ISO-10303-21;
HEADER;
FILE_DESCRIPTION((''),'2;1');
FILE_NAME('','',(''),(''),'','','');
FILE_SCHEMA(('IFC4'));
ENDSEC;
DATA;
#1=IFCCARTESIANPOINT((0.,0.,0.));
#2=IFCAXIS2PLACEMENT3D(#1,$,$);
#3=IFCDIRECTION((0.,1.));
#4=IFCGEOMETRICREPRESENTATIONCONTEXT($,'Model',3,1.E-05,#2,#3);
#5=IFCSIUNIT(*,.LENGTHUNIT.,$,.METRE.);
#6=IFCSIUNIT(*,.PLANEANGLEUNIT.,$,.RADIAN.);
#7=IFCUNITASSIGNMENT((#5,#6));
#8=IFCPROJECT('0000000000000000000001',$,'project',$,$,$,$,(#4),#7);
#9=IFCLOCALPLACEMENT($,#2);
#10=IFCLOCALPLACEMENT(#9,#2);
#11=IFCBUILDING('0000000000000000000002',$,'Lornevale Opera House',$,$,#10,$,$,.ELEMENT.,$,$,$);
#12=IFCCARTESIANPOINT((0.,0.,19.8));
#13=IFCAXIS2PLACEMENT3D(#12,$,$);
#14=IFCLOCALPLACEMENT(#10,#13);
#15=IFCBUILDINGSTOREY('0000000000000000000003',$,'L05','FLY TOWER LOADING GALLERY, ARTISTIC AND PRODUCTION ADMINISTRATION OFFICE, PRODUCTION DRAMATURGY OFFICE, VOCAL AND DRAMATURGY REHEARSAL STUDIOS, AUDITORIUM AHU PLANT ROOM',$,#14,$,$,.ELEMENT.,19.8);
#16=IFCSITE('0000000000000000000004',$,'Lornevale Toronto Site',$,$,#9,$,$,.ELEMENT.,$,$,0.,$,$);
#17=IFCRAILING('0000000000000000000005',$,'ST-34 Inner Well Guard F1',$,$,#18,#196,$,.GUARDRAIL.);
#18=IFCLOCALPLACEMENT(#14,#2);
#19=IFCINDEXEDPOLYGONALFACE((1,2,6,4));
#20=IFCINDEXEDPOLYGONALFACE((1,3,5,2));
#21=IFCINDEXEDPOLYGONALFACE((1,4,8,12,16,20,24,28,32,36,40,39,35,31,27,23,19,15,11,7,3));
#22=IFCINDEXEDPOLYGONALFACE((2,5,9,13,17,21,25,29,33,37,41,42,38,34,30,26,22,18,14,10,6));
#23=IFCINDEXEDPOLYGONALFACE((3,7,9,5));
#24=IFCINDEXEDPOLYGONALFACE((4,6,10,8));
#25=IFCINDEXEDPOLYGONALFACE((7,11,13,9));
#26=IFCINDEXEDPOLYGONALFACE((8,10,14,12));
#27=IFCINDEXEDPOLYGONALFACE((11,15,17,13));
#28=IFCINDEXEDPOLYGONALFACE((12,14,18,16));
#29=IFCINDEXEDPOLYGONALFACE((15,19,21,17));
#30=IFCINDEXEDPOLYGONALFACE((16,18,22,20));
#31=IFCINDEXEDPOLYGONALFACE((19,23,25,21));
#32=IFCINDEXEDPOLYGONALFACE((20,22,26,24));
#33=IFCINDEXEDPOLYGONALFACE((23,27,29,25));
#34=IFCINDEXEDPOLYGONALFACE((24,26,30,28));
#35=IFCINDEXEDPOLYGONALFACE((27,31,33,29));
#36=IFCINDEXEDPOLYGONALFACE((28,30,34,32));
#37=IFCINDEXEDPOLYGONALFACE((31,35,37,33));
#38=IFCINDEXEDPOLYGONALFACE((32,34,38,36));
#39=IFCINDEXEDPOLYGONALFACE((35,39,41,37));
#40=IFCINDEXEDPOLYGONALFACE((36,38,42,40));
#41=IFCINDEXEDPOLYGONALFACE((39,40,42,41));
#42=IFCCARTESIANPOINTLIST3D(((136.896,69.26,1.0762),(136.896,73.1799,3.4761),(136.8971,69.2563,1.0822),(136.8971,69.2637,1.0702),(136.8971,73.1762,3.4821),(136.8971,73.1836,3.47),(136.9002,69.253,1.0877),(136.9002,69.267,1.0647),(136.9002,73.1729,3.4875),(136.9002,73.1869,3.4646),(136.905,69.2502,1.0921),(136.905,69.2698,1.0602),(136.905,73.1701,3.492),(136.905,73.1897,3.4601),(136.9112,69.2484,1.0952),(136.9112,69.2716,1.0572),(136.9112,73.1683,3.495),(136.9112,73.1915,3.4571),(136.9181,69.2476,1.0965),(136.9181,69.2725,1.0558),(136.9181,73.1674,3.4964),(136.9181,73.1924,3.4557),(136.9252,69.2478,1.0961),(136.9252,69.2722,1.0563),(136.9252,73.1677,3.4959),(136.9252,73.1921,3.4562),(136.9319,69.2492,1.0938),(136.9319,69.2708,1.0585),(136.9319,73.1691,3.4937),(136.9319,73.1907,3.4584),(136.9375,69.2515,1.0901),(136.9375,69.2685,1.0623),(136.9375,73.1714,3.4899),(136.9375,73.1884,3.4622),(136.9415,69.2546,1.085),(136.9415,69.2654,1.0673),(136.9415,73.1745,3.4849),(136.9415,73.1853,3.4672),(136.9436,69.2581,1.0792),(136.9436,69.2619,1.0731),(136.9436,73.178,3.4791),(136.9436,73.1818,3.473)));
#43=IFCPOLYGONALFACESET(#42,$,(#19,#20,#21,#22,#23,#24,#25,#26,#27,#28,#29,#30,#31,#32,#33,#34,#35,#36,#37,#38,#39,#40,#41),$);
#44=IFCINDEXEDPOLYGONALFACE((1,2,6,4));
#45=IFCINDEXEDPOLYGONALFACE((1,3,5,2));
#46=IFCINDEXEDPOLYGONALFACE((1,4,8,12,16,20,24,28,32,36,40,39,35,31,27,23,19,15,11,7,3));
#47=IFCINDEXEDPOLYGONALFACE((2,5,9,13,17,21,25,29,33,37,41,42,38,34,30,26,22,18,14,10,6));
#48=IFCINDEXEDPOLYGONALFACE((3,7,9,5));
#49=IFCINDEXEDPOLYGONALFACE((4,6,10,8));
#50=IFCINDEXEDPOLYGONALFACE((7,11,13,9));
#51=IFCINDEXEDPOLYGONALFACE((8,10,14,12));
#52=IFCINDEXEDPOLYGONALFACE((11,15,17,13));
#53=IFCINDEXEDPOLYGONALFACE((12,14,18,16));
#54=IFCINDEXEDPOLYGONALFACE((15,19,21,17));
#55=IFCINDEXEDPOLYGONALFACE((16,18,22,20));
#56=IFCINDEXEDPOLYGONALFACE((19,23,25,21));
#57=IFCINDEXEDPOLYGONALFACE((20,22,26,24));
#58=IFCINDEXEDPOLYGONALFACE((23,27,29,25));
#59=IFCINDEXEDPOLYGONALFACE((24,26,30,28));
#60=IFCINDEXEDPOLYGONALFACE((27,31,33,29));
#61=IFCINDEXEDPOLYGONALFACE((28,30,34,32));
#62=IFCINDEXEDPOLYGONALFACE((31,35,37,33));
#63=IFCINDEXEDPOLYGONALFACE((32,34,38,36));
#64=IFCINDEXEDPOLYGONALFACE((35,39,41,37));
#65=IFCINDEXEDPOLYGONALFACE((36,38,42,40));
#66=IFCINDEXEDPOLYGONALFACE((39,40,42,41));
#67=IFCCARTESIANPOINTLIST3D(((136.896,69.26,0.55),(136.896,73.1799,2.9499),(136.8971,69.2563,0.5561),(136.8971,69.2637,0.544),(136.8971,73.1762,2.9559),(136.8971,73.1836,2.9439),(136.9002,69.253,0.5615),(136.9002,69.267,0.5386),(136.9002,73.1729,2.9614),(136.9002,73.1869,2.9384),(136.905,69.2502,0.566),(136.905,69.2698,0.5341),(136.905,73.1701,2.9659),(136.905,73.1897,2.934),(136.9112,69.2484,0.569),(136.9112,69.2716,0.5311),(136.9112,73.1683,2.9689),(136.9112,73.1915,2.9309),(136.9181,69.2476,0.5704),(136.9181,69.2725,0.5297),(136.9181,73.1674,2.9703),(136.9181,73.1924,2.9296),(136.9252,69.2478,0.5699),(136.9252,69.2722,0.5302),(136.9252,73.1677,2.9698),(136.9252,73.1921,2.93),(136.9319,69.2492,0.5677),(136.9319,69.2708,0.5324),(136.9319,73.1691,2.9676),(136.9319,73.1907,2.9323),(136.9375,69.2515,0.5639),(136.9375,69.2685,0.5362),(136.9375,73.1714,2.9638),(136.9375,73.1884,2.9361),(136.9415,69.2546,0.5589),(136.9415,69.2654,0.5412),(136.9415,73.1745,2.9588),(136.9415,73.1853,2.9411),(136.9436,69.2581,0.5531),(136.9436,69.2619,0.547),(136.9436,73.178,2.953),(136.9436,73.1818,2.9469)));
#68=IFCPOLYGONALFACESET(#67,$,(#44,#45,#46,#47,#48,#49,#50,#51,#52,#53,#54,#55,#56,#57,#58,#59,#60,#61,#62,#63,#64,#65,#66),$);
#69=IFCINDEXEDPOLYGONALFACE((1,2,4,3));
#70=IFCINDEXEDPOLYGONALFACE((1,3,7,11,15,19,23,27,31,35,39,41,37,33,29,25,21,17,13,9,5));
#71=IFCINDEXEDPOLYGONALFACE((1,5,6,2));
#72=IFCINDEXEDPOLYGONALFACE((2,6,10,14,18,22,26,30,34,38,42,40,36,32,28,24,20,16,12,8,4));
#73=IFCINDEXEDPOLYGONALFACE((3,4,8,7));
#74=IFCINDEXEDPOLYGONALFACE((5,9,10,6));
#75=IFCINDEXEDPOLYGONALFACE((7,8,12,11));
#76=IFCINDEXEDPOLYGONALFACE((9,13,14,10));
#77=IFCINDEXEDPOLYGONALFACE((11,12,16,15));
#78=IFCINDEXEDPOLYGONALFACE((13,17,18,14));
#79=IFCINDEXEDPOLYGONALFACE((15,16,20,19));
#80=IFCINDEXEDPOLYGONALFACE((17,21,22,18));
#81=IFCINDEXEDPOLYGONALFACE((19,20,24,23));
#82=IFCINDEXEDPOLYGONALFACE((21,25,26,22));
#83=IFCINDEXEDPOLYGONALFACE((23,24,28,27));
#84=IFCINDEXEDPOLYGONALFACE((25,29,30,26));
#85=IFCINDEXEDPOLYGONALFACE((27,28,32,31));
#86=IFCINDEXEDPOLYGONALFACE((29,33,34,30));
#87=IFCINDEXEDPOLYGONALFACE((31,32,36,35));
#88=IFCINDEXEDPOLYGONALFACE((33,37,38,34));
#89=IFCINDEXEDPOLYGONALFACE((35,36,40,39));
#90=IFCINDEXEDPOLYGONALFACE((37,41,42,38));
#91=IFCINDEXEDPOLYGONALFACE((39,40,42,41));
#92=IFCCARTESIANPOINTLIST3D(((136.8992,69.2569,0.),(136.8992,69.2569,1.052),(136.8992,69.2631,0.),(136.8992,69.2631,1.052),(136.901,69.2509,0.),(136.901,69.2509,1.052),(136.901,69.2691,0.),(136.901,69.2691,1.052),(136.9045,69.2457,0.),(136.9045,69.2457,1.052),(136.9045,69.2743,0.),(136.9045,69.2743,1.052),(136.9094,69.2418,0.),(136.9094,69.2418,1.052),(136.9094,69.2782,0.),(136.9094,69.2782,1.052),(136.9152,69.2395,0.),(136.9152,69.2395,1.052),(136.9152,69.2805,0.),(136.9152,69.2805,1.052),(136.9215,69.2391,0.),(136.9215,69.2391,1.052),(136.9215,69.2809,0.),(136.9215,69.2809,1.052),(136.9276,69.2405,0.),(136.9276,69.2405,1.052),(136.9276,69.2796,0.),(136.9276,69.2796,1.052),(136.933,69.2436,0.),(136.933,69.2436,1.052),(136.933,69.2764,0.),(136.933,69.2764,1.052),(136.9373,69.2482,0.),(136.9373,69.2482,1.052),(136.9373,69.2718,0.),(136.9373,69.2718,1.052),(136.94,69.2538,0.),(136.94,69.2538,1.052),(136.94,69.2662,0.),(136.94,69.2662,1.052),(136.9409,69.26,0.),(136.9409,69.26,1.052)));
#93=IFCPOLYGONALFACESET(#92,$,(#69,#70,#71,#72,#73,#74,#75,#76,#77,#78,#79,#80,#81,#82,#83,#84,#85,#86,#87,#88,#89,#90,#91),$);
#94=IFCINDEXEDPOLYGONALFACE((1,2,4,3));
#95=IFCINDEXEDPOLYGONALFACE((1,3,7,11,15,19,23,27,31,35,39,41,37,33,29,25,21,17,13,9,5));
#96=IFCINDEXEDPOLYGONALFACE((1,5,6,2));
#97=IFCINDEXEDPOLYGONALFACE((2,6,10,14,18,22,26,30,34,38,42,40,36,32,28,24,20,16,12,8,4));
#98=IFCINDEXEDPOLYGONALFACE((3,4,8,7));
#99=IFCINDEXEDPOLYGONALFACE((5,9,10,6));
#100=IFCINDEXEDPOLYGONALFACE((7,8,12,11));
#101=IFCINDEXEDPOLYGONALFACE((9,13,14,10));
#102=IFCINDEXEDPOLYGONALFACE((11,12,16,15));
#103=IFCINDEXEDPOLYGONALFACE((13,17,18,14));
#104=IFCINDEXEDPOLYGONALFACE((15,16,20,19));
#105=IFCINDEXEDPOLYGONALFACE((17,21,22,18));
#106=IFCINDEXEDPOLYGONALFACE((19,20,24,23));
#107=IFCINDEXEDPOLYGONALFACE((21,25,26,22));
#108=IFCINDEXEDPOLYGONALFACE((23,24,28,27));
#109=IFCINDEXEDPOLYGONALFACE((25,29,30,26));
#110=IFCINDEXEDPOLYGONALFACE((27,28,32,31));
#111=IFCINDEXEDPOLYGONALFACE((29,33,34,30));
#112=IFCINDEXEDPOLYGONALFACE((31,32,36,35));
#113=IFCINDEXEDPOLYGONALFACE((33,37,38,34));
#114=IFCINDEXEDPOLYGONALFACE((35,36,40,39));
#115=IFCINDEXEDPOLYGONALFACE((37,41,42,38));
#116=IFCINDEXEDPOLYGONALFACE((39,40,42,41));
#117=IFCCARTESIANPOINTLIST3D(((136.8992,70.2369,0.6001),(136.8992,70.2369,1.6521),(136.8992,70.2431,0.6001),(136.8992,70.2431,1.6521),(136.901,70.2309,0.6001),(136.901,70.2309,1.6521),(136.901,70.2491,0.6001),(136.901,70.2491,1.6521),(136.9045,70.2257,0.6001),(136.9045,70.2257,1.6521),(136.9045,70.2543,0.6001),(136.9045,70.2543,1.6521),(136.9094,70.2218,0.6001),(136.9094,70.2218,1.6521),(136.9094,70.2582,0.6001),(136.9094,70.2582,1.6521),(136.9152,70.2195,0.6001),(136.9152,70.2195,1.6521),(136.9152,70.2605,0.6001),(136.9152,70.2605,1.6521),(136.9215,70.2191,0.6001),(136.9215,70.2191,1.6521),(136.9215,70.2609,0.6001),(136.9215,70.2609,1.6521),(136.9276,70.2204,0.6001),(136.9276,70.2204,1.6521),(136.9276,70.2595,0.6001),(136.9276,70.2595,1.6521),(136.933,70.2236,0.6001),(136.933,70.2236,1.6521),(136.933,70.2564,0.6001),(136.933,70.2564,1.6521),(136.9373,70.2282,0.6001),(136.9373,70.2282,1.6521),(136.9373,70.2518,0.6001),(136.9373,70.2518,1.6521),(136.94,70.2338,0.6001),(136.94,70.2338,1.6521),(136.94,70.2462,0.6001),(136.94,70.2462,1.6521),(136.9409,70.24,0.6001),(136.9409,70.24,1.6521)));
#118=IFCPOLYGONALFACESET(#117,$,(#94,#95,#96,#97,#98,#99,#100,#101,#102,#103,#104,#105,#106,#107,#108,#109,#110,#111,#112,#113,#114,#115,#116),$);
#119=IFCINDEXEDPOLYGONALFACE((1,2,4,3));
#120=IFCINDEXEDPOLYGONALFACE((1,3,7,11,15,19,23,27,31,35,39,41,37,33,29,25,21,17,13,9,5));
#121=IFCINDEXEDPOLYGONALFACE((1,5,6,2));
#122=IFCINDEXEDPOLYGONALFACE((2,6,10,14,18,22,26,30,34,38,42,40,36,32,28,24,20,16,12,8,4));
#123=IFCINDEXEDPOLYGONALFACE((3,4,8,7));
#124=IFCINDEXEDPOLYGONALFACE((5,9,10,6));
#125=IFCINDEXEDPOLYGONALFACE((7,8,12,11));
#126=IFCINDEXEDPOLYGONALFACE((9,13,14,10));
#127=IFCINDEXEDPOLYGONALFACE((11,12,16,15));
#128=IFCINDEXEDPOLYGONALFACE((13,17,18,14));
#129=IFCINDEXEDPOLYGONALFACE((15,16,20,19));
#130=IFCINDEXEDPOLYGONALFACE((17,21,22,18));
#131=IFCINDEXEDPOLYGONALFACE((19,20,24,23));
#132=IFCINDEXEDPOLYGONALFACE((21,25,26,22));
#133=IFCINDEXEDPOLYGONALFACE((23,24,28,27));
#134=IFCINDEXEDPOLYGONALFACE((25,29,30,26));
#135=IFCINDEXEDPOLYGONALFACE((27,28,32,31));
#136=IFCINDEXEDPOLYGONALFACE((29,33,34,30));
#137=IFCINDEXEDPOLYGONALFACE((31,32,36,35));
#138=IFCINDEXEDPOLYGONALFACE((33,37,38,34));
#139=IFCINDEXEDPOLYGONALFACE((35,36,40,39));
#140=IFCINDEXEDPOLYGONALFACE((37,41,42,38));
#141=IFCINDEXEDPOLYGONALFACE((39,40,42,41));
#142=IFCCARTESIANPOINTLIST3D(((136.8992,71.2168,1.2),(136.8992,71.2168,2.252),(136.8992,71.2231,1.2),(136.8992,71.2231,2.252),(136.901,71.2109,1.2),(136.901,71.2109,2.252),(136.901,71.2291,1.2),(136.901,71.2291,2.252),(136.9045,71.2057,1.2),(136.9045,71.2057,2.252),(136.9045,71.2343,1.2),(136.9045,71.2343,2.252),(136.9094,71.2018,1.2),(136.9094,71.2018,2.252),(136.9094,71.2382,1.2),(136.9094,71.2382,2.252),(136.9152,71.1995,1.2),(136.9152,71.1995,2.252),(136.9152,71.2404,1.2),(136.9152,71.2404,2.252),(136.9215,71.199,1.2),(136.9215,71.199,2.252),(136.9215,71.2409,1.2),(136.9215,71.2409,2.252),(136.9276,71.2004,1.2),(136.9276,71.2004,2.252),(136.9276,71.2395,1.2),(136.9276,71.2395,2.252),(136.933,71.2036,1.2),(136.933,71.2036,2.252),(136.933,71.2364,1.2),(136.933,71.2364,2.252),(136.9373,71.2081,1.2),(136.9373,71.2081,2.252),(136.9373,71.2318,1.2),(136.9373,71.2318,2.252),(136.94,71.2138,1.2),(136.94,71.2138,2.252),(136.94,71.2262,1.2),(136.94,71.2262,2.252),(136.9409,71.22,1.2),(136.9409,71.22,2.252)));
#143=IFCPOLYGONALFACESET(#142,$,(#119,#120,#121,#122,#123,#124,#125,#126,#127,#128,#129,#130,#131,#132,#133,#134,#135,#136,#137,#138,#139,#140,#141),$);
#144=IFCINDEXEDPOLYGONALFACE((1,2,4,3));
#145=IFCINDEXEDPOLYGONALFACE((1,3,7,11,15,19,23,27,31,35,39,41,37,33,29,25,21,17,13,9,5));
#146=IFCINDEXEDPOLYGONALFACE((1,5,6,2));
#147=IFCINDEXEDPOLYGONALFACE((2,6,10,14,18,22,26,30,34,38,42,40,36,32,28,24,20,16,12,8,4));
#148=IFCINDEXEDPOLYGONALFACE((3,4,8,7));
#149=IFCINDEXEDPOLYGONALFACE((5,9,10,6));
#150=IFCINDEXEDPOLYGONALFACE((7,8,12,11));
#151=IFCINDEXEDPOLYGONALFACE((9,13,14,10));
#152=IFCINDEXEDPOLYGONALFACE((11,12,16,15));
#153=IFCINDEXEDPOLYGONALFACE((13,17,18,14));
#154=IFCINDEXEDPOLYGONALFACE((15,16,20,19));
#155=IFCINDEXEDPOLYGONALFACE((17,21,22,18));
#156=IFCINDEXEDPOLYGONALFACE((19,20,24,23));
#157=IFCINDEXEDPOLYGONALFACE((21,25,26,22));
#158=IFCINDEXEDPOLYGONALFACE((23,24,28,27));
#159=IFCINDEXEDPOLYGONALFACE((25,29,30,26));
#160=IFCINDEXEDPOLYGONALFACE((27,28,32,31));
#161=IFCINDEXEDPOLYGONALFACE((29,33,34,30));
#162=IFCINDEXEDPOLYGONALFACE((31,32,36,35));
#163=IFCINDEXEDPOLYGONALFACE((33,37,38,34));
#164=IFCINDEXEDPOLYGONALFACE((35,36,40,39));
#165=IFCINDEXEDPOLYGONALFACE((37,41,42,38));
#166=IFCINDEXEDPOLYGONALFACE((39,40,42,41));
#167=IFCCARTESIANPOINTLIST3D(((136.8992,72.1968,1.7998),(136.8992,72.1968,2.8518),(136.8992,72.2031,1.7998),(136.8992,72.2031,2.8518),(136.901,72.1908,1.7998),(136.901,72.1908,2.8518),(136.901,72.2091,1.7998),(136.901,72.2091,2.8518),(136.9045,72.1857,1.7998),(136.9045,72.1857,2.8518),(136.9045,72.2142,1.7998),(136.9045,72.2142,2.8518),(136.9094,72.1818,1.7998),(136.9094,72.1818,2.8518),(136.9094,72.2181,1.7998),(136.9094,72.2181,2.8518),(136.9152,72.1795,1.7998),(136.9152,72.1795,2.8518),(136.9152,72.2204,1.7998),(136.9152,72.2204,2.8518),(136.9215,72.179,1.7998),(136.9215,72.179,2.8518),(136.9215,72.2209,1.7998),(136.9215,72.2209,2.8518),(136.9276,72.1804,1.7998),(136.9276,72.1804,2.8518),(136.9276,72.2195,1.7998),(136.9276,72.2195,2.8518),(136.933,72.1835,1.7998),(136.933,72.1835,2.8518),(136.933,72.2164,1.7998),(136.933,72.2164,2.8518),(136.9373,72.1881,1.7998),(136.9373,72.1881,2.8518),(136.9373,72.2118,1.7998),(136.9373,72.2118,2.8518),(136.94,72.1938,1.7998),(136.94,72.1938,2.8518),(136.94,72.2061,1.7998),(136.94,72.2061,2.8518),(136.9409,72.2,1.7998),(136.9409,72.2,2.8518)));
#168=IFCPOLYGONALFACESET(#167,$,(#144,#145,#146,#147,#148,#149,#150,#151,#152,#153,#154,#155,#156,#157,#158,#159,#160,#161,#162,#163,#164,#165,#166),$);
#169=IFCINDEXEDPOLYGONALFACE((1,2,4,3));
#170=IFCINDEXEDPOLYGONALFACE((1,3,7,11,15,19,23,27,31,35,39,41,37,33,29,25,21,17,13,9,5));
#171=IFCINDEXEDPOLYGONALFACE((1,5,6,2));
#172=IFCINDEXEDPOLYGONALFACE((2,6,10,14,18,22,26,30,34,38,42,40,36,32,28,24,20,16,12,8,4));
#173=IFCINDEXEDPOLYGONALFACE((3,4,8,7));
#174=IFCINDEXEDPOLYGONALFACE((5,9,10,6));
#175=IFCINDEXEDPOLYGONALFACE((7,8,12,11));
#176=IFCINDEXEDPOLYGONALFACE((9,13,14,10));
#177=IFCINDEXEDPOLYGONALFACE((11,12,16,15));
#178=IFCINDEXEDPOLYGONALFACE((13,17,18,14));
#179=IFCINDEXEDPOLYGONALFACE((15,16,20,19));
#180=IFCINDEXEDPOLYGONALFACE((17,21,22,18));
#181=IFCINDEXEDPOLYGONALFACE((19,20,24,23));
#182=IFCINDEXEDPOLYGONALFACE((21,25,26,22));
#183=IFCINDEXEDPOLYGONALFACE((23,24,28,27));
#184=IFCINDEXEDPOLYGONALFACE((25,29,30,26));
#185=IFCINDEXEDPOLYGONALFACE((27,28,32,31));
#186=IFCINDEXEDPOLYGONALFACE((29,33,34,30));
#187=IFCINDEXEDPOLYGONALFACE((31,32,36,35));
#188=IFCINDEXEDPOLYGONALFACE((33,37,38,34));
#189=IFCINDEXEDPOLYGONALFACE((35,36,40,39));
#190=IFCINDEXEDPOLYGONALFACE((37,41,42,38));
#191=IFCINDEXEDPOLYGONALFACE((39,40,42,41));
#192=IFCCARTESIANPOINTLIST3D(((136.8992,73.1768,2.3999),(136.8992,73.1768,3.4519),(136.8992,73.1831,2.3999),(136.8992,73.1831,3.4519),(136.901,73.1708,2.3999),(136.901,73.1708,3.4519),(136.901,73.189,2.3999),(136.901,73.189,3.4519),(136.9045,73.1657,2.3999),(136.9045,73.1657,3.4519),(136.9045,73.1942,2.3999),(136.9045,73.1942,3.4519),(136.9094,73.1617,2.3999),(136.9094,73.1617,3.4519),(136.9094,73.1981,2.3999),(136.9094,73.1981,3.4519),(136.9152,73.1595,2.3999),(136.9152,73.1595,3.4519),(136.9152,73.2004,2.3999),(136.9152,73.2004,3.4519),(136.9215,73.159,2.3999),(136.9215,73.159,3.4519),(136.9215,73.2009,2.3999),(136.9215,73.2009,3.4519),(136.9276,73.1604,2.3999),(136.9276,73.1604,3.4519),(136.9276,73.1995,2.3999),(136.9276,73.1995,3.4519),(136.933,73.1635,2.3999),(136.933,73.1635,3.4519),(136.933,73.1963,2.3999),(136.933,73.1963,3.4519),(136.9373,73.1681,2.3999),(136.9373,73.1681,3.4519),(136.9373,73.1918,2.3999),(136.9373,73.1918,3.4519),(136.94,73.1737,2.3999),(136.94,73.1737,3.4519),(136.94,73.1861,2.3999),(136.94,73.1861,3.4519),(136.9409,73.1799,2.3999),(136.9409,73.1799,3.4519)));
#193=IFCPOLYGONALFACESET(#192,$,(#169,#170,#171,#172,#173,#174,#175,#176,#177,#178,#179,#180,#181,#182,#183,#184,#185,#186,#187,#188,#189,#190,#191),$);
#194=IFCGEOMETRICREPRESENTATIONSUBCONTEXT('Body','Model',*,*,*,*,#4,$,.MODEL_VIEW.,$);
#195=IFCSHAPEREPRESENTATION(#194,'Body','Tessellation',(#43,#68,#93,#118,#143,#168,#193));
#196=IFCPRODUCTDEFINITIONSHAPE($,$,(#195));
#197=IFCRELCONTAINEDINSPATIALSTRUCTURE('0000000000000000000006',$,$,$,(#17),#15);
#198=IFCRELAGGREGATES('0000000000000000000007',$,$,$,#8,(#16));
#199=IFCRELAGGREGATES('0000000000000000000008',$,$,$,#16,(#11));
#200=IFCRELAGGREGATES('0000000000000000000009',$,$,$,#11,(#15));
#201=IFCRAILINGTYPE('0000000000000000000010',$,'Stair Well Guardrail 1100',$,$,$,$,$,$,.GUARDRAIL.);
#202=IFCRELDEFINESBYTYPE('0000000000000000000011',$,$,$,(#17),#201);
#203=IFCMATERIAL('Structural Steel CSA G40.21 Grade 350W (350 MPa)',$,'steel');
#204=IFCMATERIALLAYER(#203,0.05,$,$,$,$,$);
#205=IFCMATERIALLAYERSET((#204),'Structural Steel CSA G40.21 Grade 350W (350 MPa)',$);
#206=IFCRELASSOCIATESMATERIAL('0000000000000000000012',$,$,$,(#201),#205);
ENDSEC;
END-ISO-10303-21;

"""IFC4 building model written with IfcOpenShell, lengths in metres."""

from ifc_helpers import new_model, si_unit, direction, frame, origin, origin_2d, place, context, subcontext, project, spatial, circle, extrude, material, layer, layer_set, type_object, element, save


model = new_model("IFC4")

# Units and contexts
model_context = context("Model", 3, precision=1e-05, world=origin(), true_north=direction((0.0, 1.0)))
body_context = subcontext(model_context, "Body", "Model", "MODEL_VIEW")
ifc_project = project(units=[si_unit("LENGTHUNIT", "METRE"), si_unit("PLANEANGLEUNIT", "RADIAN")], contexts=[model_context])

# Site, building, storey
site_placement = place(None, origin())
site = spatial("IfcSite", under=ifc_project, at=site_placement, Name="Lornevale Toronto Site", CompositionType="ELEMENT", RefElevation=0.0)
building_placement = place(site_placement, origin())
building = spatial("IfcBuilding", under=site, at=building_placement, Name="Lornevale Opera House", CompositionType="ELEMENT")
storey_placement = place(building_placement, frame((0.0, 0.0, 19.8)))
storey = spatial("IfcBuildingStorey", under=building, at=storey_placement, Name="L05", Description="FLY TOWER LOADING GALLERY, ARTISTIC AND PRODUCTION ADMINISTRATION OFFICE, PRODUCTION DRAMATURGY OFFICE, VOCAL AND DRAMATURGY REHEARSAL STUDIOS, AUDITORIUM AHU PLANT ROOM", CompositionType="ELEMENT", Elevation=19.8)

# Shared definitions
ifc_material_1 = material(Name="Structural Steel CSA G40.21 Grade 350W (350 MPa)", Category="steel")

# Railing
ifc_layer_1 = layer(ifc_material_1, 0.05)
ifc_layer_set_1 = layer_set([ifc_layer_1], Name="Structural Steel CSA G40.21 Grade 350W (350 MPa)")
railing_type_1 = type_object("IfcRailingType", Name="Stair Well Guardrail 1100", PredefinedType="GUARDRAIL", material=ifc_layer_set_1)
railing_1_placement = place(storey_placement, frame((136.9199, 69.26, 0.0)))
element("IfcRailing", 1, at=railing_1_placement, inside=storey, type_object=railing_type_1, Name="ST-34 Inner Well Guard F1", PredefinedType="GUARDRAIL", context=body_context, shape_type="SweptSolid", body=[
    extrude(circle(Radius=0.0239, at=origin_2d()), frame((0.0, 0.0, 1.0762), z_axis=(0.0, 0.852856, 0.522146), x_axis=(-1.0, 0.0, 0.0)), (0.0, 0.0, 1.0), 4.5962),
    extrude(circle(Radius=0.0239, at=origin_2d()), frame((0.0, 0.0, 0.55), z_axis=(0.0, 0.852856, 0.522146), x_axis=(-1.0, 0.0, 0.0)), (0.0, 0.0, 1.0), 4.5962),
    extrude(circle(Radius=0.021, at=origin_2d()), origin(), (0.0, 0.0, 1.0), 1.052),
    extrude(circle(Radius=0.021, at=origin_2d()), frame((0.0, 0.98, 0.6001)), (0.0, 0.0, 1.0), 1.052),
    extrude(circle(Radius=0.021, at=origin_2d()), frame((0.0, 1.96, 1.2)), (0.0, 0.0, 1.0), 1.052),
    extrude(circle(Radius=0.021, at=origin_2d()), frame((0.0, 2.9399, 1.7998)), (0.0, 0.0, 1.0), 1.052),
    extrude(circle(Radius=0.021, at=origin_2d()), frame((0.0, 3.9199, 2.3999)), (0.0, 0.0, 1.0), 1.052),
])

save(model, "model.ifc")
